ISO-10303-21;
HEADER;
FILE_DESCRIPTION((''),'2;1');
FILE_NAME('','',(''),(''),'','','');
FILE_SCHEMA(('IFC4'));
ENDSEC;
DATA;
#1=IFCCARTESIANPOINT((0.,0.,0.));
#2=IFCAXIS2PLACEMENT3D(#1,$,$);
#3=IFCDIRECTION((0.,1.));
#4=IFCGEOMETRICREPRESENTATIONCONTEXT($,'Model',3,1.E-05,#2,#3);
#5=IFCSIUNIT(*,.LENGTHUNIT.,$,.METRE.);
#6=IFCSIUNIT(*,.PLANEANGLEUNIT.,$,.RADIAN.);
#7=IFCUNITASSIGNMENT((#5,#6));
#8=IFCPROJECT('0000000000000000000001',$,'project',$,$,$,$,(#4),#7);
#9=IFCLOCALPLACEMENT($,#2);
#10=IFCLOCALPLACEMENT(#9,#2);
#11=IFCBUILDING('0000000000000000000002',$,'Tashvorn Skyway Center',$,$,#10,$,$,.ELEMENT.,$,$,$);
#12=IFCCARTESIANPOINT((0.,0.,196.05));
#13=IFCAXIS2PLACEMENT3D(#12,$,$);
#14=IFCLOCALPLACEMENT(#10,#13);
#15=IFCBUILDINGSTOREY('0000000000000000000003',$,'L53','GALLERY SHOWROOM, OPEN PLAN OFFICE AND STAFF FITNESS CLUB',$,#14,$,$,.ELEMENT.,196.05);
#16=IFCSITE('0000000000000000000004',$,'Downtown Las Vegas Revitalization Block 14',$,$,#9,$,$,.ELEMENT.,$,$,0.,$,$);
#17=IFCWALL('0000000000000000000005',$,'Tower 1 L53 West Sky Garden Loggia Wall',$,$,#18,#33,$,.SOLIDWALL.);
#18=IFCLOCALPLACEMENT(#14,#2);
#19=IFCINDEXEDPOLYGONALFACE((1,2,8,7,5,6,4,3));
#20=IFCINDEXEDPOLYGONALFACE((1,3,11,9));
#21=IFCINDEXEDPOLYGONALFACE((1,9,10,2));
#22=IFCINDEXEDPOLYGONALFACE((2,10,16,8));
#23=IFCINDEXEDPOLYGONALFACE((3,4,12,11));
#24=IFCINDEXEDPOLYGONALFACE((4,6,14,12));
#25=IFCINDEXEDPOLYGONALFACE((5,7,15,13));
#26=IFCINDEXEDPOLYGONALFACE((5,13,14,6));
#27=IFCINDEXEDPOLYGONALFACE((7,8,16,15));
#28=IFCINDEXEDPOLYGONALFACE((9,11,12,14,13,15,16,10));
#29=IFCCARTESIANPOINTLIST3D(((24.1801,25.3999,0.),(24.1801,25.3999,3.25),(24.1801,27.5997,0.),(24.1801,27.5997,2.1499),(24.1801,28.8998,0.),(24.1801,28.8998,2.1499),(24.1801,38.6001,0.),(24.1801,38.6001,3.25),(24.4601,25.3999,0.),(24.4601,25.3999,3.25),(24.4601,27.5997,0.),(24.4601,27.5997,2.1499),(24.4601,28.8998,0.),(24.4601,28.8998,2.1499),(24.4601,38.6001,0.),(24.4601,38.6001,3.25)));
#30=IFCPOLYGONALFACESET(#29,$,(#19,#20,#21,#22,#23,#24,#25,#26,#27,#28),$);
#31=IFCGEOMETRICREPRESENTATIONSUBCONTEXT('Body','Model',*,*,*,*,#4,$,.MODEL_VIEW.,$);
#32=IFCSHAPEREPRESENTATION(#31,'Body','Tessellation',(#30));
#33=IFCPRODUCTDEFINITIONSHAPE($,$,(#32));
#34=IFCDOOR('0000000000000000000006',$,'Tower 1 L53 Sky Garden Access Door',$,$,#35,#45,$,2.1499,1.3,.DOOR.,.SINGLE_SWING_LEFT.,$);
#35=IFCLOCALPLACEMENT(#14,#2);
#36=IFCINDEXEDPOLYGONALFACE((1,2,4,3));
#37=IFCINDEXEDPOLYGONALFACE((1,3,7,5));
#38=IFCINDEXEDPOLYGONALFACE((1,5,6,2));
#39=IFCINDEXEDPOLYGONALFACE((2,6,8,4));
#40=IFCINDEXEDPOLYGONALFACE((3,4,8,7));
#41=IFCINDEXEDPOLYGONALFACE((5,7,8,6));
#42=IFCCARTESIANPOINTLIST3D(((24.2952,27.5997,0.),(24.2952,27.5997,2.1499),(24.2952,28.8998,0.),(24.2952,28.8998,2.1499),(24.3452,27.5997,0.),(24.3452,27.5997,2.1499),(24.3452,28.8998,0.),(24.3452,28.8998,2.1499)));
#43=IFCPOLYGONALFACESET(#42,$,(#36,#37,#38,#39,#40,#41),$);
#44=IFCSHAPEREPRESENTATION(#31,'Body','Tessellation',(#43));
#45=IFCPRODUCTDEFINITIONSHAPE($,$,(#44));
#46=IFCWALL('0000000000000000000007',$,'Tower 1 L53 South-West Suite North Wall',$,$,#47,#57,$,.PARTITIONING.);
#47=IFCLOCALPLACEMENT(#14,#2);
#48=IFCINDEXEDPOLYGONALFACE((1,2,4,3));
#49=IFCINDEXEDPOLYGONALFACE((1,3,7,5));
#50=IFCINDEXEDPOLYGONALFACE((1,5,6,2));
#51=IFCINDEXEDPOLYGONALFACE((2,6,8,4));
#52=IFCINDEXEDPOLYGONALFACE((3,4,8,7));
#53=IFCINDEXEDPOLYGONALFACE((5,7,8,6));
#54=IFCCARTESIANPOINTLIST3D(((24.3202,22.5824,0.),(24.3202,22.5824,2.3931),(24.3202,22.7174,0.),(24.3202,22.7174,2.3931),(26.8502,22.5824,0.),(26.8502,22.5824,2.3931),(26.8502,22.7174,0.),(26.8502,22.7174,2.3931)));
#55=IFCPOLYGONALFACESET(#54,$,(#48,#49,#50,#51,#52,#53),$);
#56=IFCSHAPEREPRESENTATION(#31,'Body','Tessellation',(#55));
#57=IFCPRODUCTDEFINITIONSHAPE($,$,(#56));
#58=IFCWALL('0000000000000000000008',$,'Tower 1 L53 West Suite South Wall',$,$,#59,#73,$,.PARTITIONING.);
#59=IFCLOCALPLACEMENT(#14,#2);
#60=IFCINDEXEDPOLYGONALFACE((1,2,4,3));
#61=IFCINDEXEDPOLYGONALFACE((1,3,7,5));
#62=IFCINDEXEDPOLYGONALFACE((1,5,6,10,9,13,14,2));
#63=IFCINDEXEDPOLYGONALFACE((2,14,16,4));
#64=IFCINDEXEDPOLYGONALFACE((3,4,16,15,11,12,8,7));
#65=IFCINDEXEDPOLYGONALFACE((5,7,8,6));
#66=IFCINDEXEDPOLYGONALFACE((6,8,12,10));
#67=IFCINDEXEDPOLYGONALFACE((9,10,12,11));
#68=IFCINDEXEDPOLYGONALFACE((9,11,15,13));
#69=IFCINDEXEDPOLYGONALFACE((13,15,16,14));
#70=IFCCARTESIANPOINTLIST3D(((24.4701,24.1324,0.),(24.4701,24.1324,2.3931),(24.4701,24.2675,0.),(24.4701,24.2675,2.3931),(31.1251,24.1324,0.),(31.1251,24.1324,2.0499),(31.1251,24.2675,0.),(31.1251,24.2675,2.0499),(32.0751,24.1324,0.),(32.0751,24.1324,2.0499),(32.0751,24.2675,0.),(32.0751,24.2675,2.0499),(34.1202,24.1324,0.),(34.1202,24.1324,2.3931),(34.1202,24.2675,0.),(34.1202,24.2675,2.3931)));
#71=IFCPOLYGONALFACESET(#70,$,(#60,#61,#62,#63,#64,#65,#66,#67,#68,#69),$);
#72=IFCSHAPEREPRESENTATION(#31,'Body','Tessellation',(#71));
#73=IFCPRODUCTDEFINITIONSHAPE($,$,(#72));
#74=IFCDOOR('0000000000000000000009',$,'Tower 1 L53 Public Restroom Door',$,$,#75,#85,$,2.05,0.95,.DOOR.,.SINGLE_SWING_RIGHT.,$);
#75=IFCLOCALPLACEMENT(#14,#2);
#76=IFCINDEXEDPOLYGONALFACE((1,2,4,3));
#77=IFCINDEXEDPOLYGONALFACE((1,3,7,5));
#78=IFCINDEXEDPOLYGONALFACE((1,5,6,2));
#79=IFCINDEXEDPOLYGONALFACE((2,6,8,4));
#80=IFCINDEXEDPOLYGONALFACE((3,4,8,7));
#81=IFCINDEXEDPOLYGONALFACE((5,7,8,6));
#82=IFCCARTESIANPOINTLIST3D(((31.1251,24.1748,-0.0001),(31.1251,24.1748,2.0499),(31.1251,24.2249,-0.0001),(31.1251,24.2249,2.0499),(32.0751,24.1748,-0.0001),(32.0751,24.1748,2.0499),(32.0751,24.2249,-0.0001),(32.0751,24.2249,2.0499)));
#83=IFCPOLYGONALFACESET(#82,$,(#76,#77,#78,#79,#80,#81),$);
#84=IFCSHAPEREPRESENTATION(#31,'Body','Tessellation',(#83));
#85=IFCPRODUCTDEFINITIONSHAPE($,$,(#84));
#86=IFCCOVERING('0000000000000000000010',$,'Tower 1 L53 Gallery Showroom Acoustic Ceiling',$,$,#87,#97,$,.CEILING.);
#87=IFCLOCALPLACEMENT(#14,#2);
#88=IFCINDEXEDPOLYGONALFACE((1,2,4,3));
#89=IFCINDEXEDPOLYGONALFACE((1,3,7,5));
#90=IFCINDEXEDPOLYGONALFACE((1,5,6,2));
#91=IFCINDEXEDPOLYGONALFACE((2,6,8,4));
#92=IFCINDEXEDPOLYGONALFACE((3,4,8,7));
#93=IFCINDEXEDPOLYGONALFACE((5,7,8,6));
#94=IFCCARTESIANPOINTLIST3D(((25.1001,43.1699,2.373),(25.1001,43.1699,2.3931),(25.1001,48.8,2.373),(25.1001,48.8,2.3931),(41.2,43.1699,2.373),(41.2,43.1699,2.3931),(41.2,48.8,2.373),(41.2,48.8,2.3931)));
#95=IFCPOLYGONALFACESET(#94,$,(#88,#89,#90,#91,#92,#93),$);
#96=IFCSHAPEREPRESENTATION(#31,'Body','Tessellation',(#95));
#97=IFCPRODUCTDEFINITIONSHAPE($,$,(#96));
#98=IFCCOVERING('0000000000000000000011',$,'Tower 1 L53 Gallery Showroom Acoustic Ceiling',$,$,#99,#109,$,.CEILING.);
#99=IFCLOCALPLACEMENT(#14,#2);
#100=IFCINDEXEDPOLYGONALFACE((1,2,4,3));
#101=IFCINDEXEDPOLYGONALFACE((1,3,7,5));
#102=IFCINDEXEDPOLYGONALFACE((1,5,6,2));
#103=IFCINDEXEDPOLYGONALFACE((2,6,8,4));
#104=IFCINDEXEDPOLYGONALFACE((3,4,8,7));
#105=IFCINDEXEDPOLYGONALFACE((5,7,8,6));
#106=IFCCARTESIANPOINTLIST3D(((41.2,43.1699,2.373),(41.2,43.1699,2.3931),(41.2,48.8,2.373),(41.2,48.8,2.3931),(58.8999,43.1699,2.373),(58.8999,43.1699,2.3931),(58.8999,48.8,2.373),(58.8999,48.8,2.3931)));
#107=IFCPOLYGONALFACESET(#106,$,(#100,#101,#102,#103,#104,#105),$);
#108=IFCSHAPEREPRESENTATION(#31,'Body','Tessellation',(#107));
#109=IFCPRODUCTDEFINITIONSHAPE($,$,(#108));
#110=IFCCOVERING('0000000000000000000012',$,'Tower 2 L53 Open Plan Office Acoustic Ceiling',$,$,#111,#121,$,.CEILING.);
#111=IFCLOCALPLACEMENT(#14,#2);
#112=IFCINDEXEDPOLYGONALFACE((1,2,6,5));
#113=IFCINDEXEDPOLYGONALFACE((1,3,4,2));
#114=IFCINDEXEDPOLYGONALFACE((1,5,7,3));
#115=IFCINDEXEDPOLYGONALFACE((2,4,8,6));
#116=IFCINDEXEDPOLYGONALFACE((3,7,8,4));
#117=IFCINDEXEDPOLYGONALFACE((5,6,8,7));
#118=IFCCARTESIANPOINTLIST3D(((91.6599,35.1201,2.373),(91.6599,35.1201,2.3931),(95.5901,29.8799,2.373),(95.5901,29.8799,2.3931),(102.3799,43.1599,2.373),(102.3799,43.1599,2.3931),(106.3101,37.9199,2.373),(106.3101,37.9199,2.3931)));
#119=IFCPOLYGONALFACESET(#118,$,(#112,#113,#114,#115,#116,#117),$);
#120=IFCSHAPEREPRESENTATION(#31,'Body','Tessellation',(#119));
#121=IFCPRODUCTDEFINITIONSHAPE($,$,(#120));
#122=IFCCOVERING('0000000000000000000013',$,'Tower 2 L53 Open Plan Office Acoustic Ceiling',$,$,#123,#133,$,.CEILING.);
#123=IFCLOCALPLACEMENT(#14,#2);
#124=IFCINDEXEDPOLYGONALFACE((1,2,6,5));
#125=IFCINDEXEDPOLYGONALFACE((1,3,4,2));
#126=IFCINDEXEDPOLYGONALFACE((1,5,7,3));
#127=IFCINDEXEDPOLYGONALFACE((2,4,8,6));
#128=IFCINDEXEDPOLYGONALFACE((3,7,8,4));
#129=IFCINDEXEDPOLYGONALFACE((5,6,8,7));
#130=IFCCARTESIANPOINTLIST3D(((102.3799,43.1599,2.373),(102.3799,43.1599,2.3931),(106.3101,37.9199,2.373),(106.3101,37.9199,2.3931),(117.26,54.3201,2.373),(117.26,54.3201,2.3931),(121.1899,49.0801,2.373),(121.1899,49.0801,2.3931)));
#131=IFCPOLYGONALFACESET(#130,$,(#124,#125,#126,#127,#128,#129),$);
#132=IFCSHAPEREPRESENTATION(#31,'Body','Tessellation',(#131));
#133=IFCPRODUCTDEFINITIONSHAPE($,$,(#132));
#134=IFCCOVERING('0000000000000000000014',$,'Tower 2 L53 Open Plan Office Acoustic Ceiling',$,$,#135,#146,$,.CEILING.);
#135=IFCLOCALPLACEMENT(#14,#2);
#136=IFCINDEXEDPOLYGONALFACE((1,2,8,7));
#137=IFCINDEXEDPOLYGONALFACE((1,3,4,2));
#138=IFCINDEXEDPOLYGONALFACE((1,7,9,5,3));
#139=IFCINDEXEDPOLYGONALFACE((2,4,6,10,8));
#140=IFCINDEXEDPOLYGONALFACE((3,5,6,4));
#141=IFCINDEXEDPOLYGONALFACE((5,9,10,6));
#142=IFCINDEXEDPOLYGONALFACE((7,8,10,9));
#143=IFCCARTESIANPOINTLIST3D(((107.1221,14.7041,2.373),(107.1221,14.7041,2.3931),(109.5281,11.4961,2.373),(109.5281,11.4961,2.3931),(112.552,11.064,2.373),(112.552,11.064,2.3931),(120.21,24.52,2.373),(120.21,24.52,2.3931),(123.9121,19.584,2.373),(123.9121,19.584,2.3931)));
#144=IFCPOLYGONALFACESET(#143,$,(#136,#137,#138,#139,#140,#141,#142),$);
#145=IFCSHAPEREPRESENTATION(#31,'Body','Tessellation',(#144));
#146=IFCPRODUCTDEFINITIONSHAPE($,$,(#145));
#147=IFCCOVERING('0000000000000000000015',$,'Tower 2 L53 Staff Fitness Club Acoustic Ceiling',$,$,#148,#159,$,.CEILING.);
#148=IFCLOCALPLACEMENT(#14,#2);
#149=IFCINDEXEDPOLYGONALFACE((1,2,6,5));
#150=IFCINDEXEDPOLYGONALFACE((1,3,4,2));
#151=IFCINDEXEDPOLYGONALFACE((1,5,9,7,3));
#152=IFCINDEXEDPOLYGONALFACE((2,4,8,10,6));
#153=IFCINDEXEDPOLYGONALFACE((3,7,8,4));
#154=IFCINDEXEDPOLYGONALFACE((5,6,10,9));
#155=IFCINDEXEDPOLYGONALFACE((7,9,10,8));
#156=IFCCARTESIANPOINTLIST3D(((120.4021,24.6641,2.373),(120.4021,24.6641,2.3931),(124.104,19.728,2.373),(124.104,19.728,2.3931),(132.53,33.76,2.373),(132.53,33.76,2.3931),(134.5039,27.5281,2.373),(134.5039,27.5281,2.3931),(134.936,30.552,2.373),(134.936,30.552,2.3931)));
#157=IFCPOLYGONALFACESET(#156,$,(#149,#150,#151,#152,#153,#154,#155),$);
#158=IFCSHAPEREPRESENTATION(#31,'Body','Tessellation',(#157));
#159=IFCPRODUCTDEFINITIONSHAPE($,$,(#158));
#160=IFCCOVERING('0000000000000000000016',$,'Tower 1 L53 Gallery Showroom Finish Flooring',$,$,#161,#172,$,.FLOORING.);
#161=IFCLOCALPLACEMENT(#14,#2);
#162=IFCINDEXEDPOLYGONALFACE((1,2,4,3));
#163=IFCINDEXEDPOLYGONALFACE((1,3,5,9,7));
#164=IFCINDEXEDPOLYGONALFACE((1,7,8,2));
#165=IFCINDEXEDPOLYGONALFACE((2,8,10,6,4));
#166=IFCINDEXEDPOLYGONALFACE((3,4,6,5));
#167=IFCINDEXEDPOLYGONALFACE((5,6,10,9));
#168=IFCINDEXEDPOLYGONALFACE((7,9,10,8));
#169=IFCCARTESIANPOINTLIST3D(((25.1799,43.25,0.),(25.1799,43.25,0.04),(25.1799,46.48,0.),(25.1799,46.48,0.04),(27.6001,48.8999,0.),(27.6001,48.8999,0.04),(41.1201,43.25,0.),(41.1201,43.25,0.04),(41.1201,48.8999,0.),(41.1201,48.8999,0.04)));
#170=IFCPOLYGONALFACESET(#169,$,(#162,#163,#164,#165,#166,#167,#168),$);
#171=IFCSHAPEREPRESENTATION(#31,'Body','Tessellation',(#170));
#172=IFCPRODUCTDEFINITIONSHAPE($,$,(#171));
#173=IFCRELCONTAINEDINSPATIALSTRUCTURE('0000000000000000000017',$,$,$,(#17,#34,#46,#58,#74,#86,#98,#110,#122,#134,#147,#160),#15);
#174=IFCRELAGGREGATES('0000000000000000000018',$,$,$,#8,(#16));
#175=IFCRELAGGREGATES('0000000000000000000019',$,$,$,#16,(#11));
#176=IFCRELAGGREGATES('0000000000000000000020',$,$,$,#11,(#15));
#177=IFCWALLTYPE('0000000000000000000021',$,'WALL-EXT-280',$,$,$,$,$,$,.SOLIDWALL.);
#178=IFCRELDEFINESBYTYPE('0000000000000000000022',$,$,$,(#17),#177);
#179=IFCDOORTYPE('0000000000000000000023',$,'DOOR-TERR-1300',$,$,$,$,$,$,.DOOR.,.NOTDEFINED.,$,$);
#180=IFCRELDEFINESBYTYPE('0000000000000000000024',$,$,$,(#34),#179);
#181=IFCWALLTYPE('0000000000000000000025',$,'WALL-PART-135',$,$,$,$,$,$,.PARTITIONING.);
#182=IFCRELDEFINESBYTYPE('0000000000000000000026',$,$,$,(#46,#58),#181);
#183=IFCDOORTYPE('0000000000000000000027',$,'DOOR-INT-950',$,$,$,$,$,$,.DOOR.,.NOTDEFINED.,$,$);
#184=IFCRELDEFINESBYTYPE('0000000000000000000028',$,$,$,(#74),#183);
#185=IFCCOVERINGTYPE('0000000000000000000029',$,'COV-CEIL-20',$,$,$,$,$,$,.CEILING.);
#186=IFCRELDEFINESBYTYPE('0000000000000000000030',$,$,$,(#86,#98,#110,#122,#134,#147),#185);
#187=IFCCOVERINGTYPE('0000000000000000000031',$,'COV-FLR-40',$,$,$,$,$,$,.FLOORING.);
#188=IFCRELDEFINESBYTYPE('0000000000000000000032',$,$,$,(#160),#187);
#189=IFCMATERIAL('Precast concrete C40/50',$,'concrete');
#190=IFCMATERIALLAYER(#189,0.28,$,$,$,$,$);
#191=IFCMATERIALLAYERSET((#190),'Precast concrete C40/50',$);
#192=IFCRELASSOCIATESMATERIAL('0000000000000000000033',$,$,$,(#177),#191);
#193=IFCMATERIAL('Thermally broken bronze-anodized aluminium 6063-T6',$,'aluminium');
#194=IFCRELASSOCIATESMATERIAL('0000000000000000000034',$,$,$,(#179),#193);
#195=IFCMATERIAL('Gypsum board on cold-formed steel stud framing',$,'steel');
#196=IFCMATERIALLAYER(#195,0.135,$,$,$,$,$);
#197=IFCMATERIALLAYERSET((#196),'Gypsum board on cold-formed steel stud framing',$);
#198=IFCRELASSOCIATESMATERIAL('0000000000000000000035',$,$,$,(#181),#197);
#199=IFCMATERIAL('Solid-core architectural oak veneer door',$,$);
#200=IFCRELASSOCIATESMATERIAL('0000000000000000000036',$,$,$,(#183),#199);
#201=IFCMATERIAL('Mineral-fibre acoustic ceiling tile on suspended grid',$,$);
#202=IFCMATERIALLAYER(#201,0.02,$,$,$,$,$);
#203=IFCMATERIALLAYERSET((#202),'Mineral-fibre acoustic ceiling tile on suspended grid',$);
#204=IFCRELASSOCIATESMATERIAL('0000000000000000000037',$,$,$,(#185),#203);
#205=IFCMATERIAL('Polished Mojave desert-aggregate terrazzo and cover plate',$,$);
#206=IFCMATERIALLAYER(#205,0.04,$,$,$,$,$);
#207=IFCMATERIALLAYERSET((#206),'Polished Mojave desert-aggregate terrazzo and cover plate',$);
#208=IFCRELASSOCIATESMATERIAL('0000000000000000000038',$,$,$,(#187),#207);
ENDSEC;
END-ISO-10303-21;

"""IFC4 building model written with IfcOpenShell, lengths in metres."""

from ifc_helpers import new_model, si_unit, direction, frame, frame_2d, origin, place, context, subcontext, project, spatial, polyline, rectangle, outline, extrude, material, layer, layer_set, type_object, element, fill, save


model = new_model("IFC4")

# Units and contexts
model_context = context("Model", 3, precision=1e-05, world=origin(), true_north=direction((0.0, 1.0)))
body_context = subcontext(model_context, "Body", "Model", "MODEL_VIEW")
ifc_project = project(units=[si_unit("LENGTHUNIT", "METRE"), si_unit("PLANEANGLEUNIT", "RADIAN")], contexts=[model_context])

# Site, building, storey
site_placement = place(None, origin())
site = spatial("IfcSite", under=ifc_project, at=site_placement, Name="Downtown Las Vegas Revitalization Block 14", CompositionType="ELEMENT", RefElevation=0.0)
building_placement = place(site_placement, origin())
building = spatial("IfcBuilding", under=site, at=building_placement, Name="Tashvorn Skyway Center", CompositionType="ELEMENT")
storey_placement = place(building_placement, frame((0.0, 0.0, 196.05)))
storey = spatial("IfcBuildingStorey", under=building, at=storey_placement, Name="L53", Description="GALLERY SHOWROOM, OPEN PLAN OFFICE AND STAFF FITNESS CLUB", CompositionType="ELEMENT", Elevation=196.05)

# Shared definitions
ifc_material_1 = material(Name="Thermally broken bronze-anodized aluminium 6063-T6", Category="aluminium")

# Wall, opening, door
ifc_material_2 = material(Name="Precast concrete C40/50", Category="concrete")
ifc_layer_1 = layer(ifc_material_2, 0.28)
ifc_layer_set_1 = layer_set([ifc_layer_1], Name="Precast concrete C40/50")
wall_type_1 = type_object("IfcWallType", Name="WALL-EXT-280", PredefinedType="SOLIDWALL", material=ifc_layer_set_1)
wall_1_placement = place(storey_placement, frame((24.3201, 25.3999, 0.0), z_axis=(0.0, 0.0, 1.0), x_axis=(0.0, 1.0, 0.0)))
wall_1 = element("IfcWall", 1, at=wall_1_placement, inside=storey, type_object=wall_type_1, Name="Tower 1 L53 West Sky Garden Loggia Wall", PredefinedType="SOLIDWALL", context=body_context, shape_type="SweptSolid", body=[
    extrude(rectangle(XDim=13.2002, YDim=0.28, at=frame_2d((6.6001, 0.0))), origin(), (0.0, 0.0, 1.0), 3.25),
])
opening_1_placement = place(wall_1_placement, frame((2.2, 0.0, 0.0)))
opening_1 = element("IfcOpeningElement", 2, at=opening_1_placement, cuts=wall_1, PredefinedType="OPENING", context=body_context, shape_type="SweptSolid", body=[
    extrude(rectangle(XDim=1.3, YDim=2.1499, at=frame_2d((0.6499, 1.075))), frame((0.0, 0.1499, 0.0), z_axis=(0.0, -1.0, 0.0), x_axis=(1.0, 0.0, 0.0)), (0.0, 0.0, 1.0), 0.3),
])
door_type_1 = type_object("IfcDoorType", Name="DOOR-TERR-1300", OperationType="NOTDEFINED", PredefinedType="DOOR", material=ifc_material_1)
door_1_placement = place(opening_1_placement, origin())
door_1 = element("IfcDoor", 3, at=door_1_placement, inside=storey, type_object=door_type_1, Name="Tower 1 L53 Sky Garden Access Door", OperationType="SINGLE_SWING_LEFT", OverallHeight=2.1499, OverallWidth=1.3, PredefinedType="DOOR", context=body_context, shape_type="SweptSolid", body=[
    extrude(rectangle(XDim=1.3, YDim=2.1499, at=frame_2d((0.6499, 1.075))), frame((0.0, 0.0249, 0.0), z_axis=(0.0, -1.0, 0.0), x_axis=(1.0, 0.0, 0.0)), (0.0, 0.0, 1.0), 0.05),
])
fill(opening_1, door_1)

# Wall
ifc_material_3 = material(Name="Gypsum board on cold-formed steel stud framing", Category="steel")
ifc_layer_2 = layer(ifc_material_3, 0.135)
ifc_layer_set_2 = layer_set([ifc_layer_2], Name="Gypsum board on cold-formed steel stud framing")
wall_type_2 = type_object("IfcWallType", Name="WALL-PART-135", PredefinedType="PARTITIONING", material=ifc_layer_set_2)
wall_2_placement = place(storey_placement, frame((24.3201, 22.6499, 0.0), z_axis=(0.0, 0.0, 1.0), x_axis=(1.0, 0.0, 0.0)))
element("IfcWall", 4, at=wall_2_placement, inside=storey, type_object=wall_type_2, Name="Tower 1 L53 South-West Suite North Wall", PredefinedType="PARTITIONING", context=body_context, shape_type="SweptSolid", body=[
    extrude(rectangle(XDim=2.53, YDim=0.135, at=frame_2d((1.2651, 0.0))), origin(), (0.0, 0.0, 1.0), 2.3931),
])

# Wall, opening, door
wall_3_placement = place(storey_placement, frame((24.47, 24.2, 0.0), z_axis=(0.0, 0.0, 1.0), x_axis=(1.0, 0.0, 0.0)))
wall_3 = element("IfcWall", 5, at=wall_3_placement, inside=storey, type_object=wall_type_2, Name="Tower 1 L53 West Suite South Wall", PredefinedType="PARTITIONING", context=body_context, shape_type="SweptSolid", body=[
    extrude(rectangle(XDim=9.6501, YDim=0.135, at=frame_2d((4.8252, 0.0))), origin(), (0.0, 0.0, 1.0), 2.3931),
])
opening_2_placement = place(wall_3_placement, frame((6.655, 0.0, 0.0)))
opening_2 = element("IfcOpeningElement", 6, at=opening_2_placement, cuts=wall_3, PredefinedType="OPENING", context=body_context, shape_type="SweptSolid", body=[
    extrude(rectangle(XDim=0.95, YDim=2.05, at=frame_2d((0.4751, 1.0249))), frame((0.0, 0.0774, 0.0), z_axis=(0.0, -1.0, 0.0), x_axis=(1.0, 0.0, 0.0)), (0.0, 0.0, 1.0), 0.155),
])
ifc_material_4 = material(Name="Solid-core architectural oak veneer door")
door_type_2 = type_object("IfcDoorType", Name="DOOR-INT-950", OperationType="NOTDEFINED", PredefinedType="DOOR", material=ifc_material_4)
door_2_placement = place(opening_2_placement, origin())
door_2 = element("IfcDoor", 7, at=door_2_placement, inside=storey, type_object=door_type_2, Name="Tower 1 L53 Public Restroom Door", OperationType="SINGLE_SWING_RIGHT", OverallHeight=2.05, OverallWidth=0.95, PredefinedType="DOOR", context=body_context, shape_type="SweptSolid", body=[
    extrude(rectangle(XDim=0.95, YDim=2.05, at=frame_2d((0.4751, 1.0249))), frame((0.0, 0.0249, 0.0), z_axis=(0.0, -1.0, 0.0), x_axis=(1.0, 0.0, 0.0)), (0.0, 0.0, 1.0), 0.05),
])
fill(opening_2, door_2)

# Coverings
ifc_material_5 = material(Name="Mineral-fibre acoustic ceiling tile on suspended grid")
ifc_layer_3 = layer(ifc_material_5, 0.02)
ifc_layer_set_3 = layer_set([ifc_layer_3], Name="Mineral-fibre acoustic ceiling tile on suspended grid")
covering_type_1 = type_object("IfcCoveringType", Name="COV-CEIL-20", PredefinedType="CEILING", material=ifc_layer_set_3)
covering_1_placement = place(storey_placement, frame((0.0, 0.0, 2.373)))
element("IfcCovering", 8, at=covering_1_placement, inside=storey, type_object=covering_type_1, Name="Tower 1 L53 Gallery Showroom Acoustic Ceiling", PredefinedType="CEILING", context=body_context, shape_type="SweptSolid", body=[
    extrude(outline(polyline([(25.1001, 43.1699), (41.2, 43.1699), (41.2, 48.8), (25.1001, 48.8), (25.1001, 43.1699)])), origin(), (0.0, 0.0, 1.0), 0.02),
])
covering_2_placement = place(storey_placement, frame((0.0, 0.0, 2.373)))
element("IfcCovering", 9, at=covering_2_placement, inside=storey, type_object=covering_type_1, Name="Tower 1 L53 Gallery Showroom Acoustic Ceiling", PredefinedType="CEILING", context=body_context, shape_type="SweptSolid", body=[
    extrude(outline(polyline([(41.2, 43.1699), (58.8999, 43.1699), (58.8999, 48.8), (41.2, 48.8), (41.2, 43.1699)])), origin(), (0.0, 0.0, 1.0), 0.02),
])
covering_3_placement = place(storey_placement, frame((0.0, 0.0, 2.373)))
element("IfcCovering", 10, at=covering_3_placement, inside=storey, type_object=covering_type_1, Name="Tower 2 L53 Open Plan Office Acoustic Ceiling", PredefinedType="CEILING", context=body_context, shape_type="SweptSolid", body=[
    extrude(outline(polyline([(95.5901, 29.8799), (106.3101, 37.9199), (102.3799, 43.1599), (91.6599, 35.1201), (95.5901, 29.8799)])), origin(), (0.0, 0.0, 1.0), 0.02),
])
covering_4_placement = place(storey_placement, frame((0.0, 0.0, 2.373)))
element("IfcCovering", 11, at=covering_4_placement, inside=storey, type_object=covering_type_1, Name="Tower 2 L53 Open Plan Office Acoustic Ceiling", PredefinedType="CEILING", context=body_context, shape_type="SweptSolid", body=[
    extrude(outline(polyline([(106.3101, 37.9199), (121.1899, 49.0801), (117.26, 54.3201), (102.3799, 43.1599), (106.3101, 37.9199)])), origin(), (0.0, 0.0, 1.0), 0.02),
])
covering_5_placement = place(storey_placement, frame((0.0, 0.0, 2.373)))
element("IfcCovering", 12, at=covering_5_placement, inside=storey, type_object=covering_type_1, Name="Tower 2 L53 Open Plan Office Acoustic Ceiling", PredefinedType="CEILING", context=body_context, shape_type="SweptSolid", body=[
    extrude(outline(polyline([(107.1221, 14.7041), (120.21, 24.52), (123.9121, 19.584), (112.552, 11.064), (109.5281, 11.4961), (107.1221, 14.7041)])), origin(), (0.0, 0.0, 1.0), 0.02),
])
covering_6_placement = place(storey_placement, frame((0.0, 0.0, 2.373)))
element("IfcCovering", 13, at=covering_6_placement, inside=storey, type_object=covering_type_1, Name="Tower 2 L53 Staff Fitness Club Acoustic Ceiling", PredefinedType="CEILING", context=body_context, shape_type="SweptSolid", body=[
    extrude(outline(polyline([(124.104, 19.728), (120.4021, 24.6641), (132.53, 33.76), (134.936, 30.552), (134.5039, 27.5281), (124.104, 19.728)])), origin(), (0.0, 0.0, 1.0), 0.02),
])
ifc_material_6 = material(Name="Polished Mojave desert-aggregate terrazzo and cover plate")
ifc_layer_4 = layer(ifc_material_6, 0.04)
ifc_layer_set_4 = layer_set([ifc_layer_4], Name="Polished Mojave desert-aggregate terrazzo and cover plate")
covering_type_2 = type_object("IfcCoveringType", Name="COV-FLR-40", PredefinedType="FLOORING", material=ifc_layer_set_4)
covering_7_placement = place(storey_placement, origin())
element("IfcCovering", 14, at=covering_7_placement, inside=storey, type_object=covering_type_2, Name="Tower 1 L53 Gallery Showroom Finish Flooring", PredefinedType="FLOORING", context=body_context, shape_type="SweptSolid", body=[
    extrude(outline(polyline([(41.1201, 43.25), (25.1799, 43.25), (25.1799, 46.48), (27.6001, 48.8999), (41.1201, 48.8999), (41.1201, 43.25)])), origin(), (0.0, 0.0, 1.0), 0.04),
])

save(model, "model.ifc")
